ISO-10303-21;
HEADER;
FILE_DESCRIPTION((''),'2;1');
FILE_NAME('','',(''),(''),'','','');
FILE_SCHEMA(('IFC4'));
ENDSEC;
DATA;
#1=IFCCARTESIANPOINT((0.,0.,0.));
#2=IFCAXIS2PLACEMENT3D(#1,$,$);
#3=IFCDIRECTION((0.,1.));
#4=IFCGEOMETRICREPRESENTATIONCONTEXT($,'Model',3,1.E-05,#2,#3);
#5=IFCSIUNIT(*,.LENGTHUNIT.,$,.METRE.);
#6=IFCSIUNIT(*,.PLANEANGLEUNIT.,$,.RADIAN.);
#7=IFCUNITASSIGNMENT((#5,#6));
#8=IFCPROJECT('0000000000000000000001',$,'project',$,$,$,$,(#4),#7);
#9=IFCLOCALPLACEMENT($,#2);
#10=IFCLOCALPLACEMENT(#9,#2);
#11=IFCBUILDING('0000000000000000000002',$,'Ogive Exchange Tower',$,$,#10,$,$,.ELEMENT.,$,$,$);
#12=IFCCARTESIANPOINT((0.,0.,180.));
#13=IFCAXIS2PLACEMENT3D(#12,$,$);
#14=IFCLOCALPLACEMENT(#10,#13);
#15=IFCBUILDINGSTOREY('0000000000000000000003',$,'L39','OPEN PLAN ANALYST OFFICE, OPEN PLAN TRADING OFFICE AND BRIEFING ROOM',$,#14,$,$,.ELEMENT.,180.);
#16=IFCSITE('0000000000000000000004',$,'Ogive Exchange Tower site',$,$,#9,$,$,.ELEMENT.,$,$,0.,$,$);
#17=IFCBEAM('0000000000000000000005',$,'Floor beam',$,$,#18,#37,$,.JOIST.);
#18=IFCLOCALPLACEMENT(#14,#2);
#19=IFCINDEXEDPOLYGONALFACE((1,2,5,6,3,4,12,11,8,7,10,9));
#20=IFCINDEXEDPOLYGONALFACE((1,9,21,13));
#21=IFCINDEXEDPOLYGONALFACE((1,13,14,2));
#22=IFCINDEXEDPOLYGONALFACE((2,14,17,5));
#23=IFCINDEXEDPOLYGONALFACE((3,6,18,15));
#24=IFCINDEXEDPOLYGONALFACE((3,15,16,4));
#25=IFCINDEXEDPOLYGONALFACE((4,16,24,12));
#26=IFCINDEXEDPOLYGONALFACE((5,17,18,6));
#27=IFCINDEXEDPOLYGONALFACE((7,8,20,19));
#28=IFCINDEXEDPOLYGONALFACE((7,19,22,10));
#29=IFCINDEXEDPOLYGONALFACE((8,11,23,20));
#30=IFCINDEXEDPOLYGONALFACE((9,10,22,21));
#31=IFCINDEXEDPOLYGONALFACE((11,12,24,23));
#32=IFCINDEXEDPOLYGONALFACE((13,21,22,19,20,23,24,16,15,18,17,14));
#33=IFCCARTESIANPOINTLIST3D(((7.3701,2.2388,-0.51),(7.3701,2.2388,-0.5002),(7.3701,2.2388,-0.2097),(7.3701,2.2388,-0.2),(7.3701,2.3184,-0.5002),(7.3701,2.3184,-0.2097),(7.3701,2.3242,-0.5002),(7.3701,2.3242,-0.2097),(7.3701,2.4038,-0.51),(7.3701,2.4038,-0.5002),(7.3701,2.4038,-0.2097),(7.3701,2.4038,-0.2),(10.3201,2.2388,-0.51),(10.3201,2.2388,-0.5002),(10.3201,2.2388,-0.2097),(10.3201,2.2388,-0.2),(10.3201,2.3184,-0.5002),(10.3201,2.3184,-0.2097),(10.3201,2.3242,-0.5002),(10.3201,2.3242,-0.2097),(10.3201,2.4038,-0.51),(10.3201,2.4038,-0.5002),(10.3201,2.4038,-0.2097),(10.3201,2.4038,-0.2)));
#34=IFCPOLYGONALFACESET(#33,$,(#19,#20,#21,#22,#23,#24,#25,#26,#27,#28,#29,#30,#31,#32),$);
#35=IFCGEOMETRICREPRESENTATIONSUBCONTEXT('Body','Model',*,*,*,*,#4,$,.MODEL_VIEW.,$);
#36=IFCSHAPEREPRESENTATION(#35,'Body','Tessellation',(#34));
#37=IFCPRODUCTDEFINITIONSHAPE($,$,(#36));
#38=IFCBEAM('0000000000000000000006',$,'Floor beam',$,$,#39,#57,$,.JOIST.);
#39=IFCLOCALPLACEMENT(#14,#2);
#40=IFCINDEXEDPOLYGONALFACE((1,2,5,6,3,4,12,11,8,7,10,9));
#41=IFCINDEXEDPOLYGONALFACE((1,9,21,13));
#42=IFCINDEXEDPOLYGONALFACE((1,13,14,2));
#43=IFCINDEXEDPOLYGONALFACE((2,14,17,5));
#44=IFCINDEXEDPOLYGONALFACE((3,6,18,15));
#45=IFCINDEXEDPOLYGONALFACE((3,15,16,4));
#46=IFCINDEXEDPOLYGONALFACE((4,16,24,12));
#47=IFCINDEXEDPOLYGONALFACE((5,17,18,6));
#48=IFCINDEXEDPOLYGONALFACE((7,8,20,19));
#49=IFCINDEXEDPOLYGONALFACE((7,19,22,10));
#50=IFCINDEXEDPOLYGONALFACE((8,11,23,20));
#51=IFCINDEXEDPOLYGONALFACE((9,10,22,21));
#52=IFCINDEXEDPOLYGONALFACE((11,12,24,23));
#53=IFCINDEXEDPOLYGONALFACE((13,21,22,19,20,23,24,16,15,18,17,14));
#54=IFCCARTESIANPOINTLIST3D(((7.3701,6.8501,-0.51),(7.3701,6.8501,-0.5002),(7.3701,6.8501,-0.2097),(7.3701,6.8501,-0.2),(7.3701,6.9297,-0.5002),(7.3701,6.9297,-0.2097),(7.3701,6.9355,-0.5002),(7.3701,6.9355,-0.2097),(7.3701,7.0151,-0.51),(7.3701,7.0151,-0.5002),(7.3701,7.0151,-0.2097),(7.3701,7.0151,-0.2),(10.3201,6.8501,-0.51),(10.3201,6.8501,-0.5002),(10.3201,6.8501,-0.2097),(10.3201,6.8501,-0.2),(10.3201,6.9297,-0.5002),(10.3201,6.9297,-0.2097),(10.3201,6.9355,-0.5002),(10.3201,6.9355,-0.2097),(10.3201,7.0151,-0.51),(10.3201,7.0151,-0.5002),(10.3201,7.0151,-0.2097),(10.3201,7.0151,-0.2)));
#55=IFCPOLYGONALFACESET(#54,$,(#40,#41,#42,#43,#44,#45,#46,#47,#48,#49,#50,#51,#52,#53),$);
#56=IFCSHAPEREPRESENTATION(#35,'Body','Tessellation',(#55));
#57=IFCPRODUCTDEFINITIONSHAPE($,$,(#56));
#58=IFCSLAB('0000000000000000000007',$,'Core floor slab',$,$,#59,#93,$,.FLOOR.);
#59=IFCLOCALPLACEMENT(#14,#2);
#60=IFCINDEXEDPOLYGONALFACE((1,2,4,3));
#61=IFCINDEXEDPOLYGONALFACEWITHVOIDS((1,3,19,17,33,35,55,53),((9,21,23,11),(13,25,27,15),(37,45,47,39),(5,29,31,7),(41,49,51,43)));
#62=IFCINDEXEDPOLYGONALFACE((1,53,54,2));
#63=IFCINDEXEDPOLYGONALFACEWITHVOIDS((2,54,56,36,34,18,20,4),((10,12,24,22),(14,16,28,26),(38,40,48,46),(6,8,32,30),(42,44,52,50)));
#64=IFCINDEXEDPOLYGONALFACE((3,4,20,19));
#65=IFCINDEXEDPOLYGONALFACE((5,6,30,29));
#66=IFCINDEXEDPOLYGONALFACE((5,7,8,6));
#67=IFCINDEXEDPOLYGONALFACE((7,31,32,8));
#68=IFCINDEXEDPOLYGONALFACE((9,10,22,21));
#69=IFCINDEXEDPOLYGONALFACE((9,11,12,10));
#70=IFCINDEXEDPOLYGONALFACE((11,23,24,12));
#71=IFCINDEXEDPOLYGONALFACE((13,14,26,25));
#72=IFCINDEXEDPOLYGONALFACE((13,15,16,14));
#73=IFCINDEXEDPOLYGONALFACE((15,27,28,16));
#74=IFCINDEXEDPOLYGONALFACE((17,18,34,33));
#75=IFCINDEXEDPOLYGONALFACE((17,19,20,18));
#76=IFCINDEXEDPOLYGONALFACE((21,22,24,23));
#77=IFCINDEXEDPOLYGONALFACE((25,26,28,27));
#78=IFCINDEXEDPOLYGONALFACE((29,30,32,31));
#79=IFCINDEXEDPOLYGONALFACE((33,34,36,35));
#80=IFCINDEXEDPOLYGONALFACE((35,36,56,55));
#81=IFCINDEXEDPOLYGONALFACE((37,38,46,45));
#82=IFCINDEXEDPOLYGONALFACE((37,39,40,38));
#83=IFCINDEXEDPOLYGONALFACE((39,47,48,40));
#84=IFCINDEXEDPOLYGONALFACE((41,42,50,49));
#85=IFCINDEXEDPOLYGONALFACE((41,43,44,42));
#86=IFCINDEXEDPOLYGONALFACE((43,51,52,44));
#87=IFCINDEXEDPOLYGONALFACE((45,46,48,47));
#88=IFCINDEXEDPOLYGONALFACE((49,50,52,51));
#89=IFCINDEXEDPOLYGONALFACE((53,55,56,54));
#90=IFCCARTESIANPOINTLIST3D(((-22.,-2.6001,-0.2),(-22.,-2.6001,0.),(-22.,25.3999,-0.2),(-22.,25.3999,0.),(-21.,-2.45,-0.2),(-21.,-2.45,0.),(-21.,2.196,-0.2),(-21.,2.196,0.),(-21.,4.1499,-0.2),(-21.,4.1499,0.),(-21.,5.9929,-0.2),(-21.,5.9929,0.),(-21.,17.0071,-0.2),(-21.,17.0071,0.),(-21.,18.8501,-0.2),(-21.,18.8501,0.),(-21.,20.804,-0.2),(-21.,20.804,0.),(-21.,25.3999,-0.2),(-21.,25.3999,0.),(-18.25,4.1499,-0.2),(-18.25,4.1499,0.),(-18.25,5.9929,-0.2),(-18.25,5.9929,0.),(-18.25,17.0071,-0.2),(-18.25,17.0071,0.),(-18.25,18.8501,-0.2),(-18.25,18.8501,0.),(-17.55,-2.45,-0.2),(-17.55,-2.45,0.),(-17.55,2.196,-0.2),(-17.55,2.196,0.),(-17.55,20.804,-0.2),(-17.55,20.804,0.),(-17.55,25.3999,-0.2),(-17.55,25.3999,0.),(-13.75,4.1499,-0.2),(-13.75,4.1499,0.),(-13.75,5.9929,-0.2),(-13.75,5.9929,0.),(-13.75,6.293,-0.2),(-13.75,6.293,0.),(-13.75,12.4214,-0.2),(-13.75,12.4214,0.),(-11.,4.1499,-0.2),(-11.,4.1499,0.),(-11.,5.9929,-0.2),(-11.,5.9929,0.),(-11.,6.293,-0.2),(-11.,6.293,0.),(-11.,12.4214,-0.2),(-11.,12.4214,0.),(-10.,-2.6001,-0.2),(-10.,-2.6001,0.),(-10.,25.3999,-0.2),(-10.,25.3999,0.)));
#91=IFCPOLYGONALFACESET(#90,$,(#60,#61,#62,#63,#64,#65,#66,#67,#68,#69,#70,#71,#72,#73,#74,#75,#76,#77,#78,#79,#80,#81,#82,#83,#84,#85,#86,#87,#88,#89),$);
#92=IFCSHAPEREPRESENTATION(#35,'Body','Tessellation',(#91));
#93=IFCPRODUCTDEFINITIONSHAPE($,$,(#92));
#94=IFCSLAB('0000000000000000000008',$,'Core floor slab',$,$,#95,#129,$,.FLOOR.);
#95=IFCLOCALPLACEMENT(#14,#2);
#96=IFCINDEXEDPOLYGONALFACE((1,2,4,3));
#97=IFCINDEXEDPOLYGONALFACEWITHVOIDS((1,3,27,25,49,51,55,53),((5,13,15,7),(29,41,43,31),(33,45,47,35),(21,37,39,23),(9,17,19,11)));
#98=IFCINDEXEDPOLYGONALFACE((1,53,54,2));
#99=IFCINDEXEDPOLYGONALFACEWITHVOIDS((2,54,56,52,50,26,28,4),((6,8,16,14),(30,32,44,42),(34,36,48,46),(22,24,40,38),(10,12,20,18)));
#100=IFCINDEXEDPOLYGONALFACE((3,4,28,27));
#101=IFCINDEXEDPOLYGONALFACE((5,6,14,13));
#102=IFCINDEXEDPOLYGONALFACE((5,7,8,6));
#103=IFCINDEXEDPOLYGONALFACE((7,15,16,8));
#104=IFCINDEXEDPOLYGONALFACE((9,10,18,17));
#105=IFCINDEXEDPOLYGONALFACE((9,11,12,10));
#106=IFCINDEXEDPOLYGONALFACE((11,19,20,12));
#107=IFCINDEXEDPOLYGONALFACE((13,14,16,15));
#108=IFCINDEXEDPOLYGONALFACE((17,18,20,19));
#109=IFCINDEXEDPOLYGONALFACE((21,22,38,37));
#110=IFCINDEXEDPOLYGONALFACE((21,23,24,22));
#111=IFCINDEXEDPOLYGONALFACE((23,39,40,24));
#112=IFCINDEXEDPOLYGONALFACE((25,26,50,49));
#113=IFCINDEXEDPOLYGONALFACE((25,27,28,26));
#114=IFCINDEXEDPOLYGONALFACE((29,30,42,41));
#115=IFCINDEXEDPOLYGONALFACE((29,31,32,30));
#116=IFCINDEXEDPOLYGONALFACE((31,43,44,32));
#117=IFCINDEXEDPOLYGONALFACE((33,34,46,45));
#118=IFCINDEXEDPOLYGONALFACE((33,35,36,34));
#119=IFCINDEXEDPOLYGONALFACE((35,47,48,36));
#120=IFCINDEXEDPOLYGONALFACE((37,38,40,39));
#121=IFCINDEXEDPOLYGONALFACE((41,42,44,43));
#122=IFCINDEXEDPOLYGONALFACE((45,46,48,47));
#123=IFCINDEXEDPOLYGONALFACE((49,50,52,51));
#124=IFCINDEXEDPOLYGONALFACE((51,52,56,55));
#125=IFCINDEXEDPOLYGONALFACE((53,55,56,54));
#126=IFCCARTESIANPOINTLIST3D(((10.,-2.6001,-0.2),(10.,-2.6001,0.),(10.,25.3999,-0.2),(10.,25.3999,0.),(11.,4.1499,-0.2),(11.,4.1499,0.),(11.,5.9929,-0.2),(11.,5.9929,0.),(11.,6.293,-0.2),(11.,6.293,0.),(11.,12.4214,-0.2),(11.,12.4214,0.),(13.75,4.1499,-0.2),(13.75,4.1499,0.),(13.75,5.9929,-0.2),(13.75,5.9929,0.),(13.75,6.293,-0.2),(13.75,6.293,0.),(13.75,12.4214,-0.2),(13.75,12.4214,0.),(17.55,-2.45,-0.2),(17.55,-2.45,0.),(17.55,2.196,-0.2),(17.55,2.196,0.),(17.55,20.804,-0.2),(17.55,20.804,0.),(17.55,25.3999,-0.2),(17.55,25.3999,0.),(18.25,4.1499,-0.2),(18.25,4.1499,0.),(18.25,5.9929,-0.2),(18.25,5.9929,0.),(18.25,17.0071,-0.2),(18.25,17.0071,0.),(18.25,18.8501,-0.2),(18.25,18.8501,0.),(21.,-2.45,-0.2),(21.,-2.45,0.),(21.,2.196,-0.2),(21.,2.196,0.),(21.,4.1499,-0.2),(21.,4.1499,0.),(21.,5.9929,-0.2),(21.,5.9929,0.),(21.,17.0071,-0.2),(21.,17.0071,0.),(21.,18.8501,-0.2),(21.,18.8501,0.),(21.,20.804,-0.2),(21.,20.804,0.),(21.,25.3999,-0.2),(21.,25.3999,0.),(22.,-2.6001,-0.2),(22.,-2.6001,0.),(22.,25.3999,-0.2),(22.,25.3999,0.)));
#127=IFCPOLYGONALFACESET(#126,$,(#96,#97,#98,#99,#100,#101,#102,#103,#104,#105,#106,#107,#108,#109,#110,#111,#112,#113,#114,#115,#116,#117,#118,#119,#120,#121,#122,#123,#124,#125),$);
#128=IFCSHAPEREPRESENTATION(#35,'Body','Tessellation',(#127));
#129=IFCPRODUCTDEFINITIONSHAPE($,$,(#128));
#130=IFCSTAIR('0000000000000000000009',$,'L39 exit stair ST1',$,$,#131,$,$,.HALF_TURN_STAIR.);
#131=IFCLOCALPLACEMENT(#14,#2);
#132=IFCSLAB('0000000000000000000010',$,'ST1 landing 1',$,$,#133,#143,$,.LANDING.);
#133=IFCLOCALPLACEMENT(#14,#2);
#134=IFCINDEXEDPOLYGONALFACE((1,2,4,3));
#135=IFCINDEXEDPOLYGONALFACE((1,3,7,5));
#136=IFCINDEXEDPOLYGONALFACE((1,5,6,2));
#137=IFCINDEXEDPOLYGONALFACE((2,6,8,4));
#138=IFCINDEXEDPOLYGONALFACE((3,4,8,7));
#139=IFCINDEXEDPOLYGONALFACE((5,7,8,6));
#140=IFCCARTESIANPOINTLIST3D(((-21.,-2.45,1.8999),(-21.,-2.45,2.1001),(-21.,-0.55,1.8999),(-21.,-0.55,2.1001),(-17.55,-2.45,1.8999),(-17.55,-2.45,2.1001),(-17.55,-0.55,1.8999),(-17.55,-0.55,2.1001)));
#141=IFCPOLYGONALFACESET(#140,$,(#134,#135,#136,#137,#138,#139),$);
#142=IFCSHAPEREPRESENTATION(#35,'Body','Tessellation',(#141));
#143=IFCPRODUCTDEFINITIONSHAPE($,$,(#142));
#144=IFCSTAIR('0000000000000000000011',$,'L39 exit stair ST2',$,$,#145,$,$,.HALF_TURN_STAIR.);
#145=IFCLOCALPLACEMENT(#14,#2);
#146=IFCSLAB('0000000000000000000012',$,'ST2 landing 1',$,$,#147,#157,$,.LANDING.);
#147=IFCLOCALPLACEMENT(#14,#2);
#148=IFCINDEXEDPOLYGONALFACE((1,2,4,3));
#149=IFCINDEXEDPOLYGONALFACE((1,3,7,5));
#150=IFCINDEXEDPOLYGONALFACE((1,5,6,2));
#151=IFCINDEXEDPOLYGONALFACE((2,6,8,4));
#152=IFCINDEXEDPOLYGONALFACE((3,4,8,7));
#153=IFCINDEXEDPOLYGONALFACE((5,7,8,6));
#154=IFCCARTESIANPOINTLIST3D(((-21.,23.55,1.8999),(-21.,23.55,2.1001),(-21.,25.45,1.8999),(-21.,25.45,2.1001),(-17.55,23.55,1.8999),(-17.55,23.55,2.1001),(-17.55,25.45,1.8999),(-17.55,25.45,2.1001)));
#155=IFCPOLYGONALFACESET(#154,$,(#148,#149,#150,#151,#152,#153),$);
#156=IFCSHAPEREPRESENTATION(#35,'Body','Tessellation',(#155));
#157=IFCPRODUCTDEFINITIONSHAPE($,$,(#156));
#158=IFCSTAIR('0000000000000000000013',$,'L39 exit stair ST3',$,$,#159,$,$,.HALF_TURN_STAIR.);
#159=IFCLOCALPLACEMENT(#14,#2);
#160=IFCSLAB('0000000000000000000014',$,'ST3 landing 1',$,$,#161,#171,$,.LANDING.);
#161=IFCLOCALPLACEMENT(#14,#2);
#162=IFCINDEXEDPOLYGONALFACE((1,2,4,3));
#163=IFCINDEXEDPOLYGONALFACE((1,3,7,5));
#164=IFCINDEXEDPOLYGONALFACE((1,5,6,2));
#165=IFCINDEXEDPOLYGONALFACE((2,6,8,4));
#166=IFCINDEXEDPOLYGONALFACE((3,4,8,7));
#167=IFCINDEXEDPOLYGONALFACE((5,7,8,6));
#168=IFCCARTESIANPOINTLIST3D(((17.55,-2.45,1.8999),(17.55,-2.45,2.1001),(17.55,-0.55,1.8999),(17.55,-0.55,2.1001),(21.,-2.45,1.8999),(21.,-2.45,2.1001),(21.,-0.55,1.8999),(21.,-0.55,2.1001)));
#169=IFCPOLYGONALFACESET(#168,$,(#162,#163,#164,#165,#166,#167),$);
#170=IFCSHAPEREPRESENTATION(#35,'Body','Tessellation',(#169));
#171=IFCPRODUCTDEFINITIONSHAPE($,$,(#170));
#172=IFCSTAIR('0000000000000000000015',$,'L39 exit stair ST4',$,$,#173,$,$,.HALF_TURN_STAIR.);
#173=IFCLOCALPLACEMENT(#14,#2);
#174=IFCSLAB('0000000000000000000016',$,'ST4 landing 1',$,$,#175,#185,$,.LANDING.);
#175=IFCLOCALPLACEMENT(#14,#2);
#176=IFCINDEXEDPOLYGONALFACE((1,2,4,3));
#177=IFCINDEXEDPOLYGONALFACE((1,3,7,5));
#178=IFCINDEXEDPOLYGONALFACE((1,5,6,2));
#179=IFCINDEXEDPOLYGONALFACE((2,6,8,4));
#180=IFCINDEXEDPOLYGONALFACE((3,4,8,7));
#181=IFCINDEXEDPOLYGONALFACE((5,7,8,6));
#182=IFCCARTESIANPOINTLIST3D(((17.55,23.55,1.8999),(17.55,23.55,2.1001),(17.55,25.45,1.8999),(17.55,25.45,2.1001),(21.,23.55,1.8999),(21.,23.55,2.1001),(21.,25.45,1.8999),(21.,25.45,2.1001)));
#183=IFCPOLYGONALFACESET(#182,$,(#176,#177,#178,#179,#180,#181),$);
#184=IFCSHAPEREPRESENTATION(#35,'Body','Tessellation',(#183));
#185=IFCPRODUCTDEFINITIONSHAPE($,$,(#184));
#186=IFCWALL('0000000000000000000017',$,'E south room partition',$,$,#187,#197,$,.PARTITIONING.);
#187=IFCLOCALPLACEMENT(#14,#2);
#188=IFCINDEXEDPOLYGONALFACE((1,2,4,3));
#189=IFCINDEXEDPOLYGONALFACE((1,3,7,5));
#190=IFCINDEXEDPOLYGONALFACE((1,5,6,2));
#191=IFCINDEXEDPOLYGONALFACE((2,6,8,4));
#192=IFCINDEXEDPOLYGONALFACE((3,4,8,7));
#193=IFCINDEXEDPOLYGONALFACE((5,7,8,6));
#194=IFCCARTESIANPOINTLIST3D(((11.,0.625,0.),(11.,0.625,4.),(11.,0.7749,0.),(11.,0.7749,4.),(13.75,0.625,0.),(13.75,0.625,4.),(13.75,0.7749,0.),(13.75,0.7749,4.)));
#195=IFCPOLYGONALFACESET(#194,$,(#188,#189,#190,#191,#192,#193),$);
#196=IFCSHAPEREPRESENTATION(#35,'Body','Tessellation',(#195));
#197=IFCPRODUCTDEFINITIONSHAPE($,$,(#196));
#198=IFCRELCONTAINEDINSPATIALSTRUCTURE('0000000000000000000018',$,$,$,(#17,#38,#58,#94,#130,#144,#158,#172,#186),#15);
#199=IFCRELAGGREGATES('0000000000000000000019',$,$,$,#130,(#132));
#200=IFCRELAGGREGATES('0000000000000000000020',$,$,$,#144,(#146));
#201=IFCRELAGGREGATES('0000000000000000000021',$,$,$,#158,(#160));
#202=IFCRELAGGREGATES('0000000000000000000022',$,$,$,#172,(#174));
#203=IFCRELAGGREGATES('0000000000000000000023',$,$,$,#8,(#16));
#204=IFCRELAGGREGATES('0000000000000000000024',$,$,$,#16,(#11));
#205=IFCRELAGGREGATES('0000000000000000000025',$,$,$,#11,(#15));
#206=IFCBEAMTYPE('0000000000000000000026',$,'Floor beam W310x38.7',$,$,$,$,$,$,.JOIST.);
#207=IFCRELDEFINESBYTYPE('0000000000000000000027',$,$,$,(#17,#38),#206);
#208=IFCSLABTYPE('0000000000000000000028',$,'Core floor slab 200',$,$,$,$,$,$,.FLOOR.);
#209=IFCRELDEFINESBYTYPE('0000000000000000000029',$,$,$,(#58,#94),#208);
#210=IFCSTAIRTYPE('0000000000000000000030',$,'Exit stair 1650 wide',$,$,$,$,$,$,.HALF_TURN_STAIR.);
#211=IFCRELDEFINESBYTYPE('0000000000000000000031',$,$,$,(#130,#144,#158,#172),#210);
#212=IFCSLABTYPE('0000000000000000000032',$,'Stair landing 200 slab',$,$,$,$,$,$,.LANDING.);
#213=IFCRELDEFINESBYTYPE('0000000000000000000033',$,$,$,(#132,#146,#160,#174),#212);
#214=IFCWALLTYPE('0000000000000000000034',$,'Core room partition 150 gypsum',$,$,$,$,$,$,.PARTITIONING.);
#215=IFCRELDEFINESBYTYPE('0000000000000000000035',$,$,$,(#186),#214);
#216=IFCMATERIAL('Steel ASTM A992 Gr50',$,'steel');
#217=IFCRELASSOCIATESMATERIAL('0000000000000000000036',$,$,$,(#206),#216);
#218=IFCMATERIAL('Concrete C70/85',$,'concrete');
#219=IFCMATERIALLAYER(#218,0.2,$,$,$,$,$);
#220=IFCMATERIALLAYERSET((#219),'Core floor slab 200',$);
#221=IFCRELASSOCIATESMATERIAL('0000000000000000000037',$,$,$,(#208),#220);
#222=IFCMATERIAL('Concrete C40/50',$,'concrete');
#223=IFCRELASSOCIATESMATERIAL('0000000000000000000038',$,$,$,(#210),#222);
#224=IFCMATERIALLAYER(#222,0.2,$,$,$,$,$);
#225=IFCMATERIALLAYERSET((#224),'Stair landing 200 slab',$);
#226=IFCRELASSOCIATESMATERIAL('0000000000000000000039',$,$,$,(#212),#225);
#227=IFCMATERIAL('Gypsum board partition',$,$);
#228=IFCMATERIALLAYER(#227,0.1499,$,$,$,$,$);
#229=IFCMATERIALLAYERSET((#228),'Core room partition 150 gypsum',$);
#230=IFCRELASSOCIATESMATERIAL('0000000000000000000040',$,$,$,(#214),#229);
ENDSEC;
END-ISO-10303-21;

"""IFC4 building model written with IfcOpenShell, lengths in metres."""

from ifc_helpers import new_model, si_unit, direction, frame, frame_2d, origin, origin_2d, place, context, subcontext, project, spatial, polyline, rectangle, i_section, outline, extrude, material, layer, layer_set, material_profile, profile_set, type_object, element, aggregate, save


model = new_model("IFC4")

# Units and contexts
model_context = context("Model", 3, precision=1e-05, world=origin(), true_north=direction((0.0, 1.0)))
body_context = subcontext(model_context, "Body", "Model", "MODEL_VIEW")
ifc_project = project(units=[si_unit("LENGTHUNIT", "METRE"), si_unit("PLANEANGLEUNIT", "RADIAN")], contexts=[model_context])

# Site, building, storey
site_placement = place(None, origin())
site = spatial("IfcSite", under=ifc_project, at=site_placement, Name="Ogive Exchange Tower site", CompositionType="ELEMENT", RefElevation=0.0)
building_placement = place(site_placement, origin())
building = spatial("IfcBuilding", under=site, at=building_placement, Name="Ogive Exchange Tower", CompositionType="ELEMENT")
storey_placement = place(building_placement, frame((0.0, 0.0, 180.0)))
storey = spatial("IfcBuildingStorey", under=building, at=storey_placement, Name="L39", Description="OPEN PLAN ANALYST OFFICE, OPEN PLAN TRADING OFFICE AND BRIEFING ROOM", CompositionType="ELEMENT", Elevation=180.0)

# Beams
ifc_material_1 = material(Name="Steel ASTM A992 Gr50", Category="steel")
ifc_material_profile = material_profile(ifc_material_1, i_section(OverallWidth=0.165, OverallDepth=0.3101, WebThickness=0.0059, FlangeThickness=0.0098, at=origin_2d()), Name="W310x38.7")
ifc_profile_set = profile_set([ifc_material_profile], Name="Steel ASTM A992 Gr50")
beam_type = type_object("IfcBeamType", Name="Floor beam W310x38.7", PredefinedType="JOIST", material=ifc_profile_set)
for number, where, z_axis, x_axis, name in (
    (1, (7.3701, 2.3213, -0.355), (1.0, 0.0, 0.0), (0.0, 1.0, 0.0), "Floor beam"),
    (2, (7.3701, 6.9326, -0.355), (1.0, 0.0, 0.0), (0.0, 1.0, 0.0), "Floor beam"),
):
    element("IfcBeam", number, at=place(storey_placement, frame(where, z_axis=z_axis, x_axis=x_axis)), inside=storey, type_object=beam_type, Name=name, PredefinedType="JOIST", context=body_context, shape_type="SweptSolid", body=[
        extrude(i_section(OverallWidth=0.165, OverallDepth=0.3101, WebThickness=0.0059, FlangeThickness=0.0098, at=origin_2d()), origin(), (0.0, 0.0, 1.0), 2.95),
    ])

# Slabs
ifc_material_2 = material(Name="Concrete C70/85", Category="concrete")
ifc_layer_1 = layer(ifc_material_2, 0.2)
ifc_layer_set_1 = layer_set([ifc_layer_1], Name="Core floor slab 200")
slab_type_1 = type_object("IfcSlabType", Name="Core floor slab 200", PredefinedType="FLOOR", material=ifc_layer_set_1)
slab_1_placement = place(storey_placement, frame((0.0, 0.0, -0.2)))
element("IfcSlab", 3, at=slab_1_placement, inside=storey, type_object=slab_type_1, Name="Core floor slab", PredefinedType="FLOOR", context=body_context, shape_type="SweptSolid", body=[
    extrude(outline(polyline([(-10.0, 25.3999), (-10.0, -2.6001), (-22.0, -2.6001), (-22.0, 25.3999), (-21.0, 25.3999), (-21.0, 20.804), (-17.55, 20.804), (-17.55, 25.3999), (-10.0, 25.3999)]), holes=[polyline([(-17.55, 2.196), (-21.0, 2.196), (-21.0, -2.45), (-17.55, -2.45), (-17.55, 2.196)]), polyline([(-18.25, 5.9929), (-21.0, 5.9929), (-21.0, 4.1499), (-18.25, 4.1499), (-18.25, 5.9929)]), polyline([(-11.0, 5.9929), (-13.75, 5.9929), (-13.75, 4.1499), (-11.0, 4.1499), (-11.0, 5.9929)]), polyline([(-13.75, 12.4214), (-13.75, 6.293), (-11.0, 6.293), (-11.0, 12.4214), (-13.75, 12.4214)]), polyline([(-18.25, 18.8501), (-21.0, 18.8501), (-21.0, 17.0071), (-18.25, 17.0071), (-18.25, 18.8501)])]), origin(), (0.0, 0.0, 1.0), 0.2),
])
slab_2_placement = place(storey_placement, frame((0.0, 0.0, -0.2)))
element("IfcSlab", 4, at=slab_2_placement, inside=storey, type_object=slab_type_1, Name="Core floor slab", PredefinedType="FLOOR", context=body_context, shape_type="SweptSolid", body=[
    extrude(outline(polyline([(22.0, 25.3999), (22.0, -2.6001), (10.0, -2.6001), (10.0, 25.3999), (17.55, 25.3999), (17.55, 20.804), (21.0, 20.804), (21.0, 25.3999), (22.0, 25.3999)]), holes=[polyline([(21.0, 2.196), (17.55, 2.196), (17.55, -2.45), (21.0, -2.45), (21.0, 2.196)]), polyline([(13.75, 5.9929), (11.0, 5.9929), (11.0, 4.1499), (13.75, 4.1499), (13.75, 5.9929)]), polyline([(21.0, 5.9929), (18.25, 5.9929), (18.25, 4.1499), (21.0, 4.1499), (21.0, 5.9929)]), polyline([(11.0, 12.4214), (11.0, 6.293), (13.75, 6.293), (13.75, 12.4214), (11.0, 12.4214)]), polyline([(21.0, 18.8501), (18.25, 18.8501), (18.25, 17.0071), (21.0, 17.0071), (21.0, 18.8501)])]), origin(), (0.0, 0.0, 1.0), 0.2),
])

# Stairs, slabs
ifc_material_3 = material(Name="Concrete C40/50", Category="concrete")
stair_type = type_object("IfcStairType", Name="Exit stair 1650 wide", PredefinedType="HALF_TURN_STAIR", material=ifc_material_3)
stair_1_placement = place(storey_placement, origin())
stair_1 = element("IfcStair", 5, at=stair_1_placement, inside=storey, type_object=stair_type, Name="L39 exit stair ST1", PredefinedType="HALF_TURN_STAIR")
ifc_layer_2 = layer(ifc_material_3, 0.2)
ifc_layer_set_2 = layer_set([ifc_layer_2], Name="Stair landing 200 slab")
slab_type_2 = type_object("IfcSlabType", Name="Stair landing 200 slab", PredefinedType="LANDING", material=ifc_layer_set_2)
slab_3_placement = place(storey_placement, frame((0.0, 0.0, 1.8999)))
slab_3 = element("IfcSlab", 6, at=slab_3_placement, type_object=slab_type_2, Name="ST1 landing 1", PredefinedType="LANDING", context=body_context, shape_type="SweptSolid", body=[
    extrude(outline(polyline([(-21.0, -0.55), (-21.0, -2.45), (-17.55, -2.45), (-17.55, -0.55), (-21.0, -0.55)])), origin(), (0.0, 0.0, 1.0), 0.2002),
])
aggregate(stair_1, [slab_3])
stair_2_placement = place(storey_placement, origin())
stair_2 = element("IfcStair", 7, at=stair_2_placement, inside=storey, type_object=stair_type, Name="L39 exit stair ST2", PredefinedType="HALF_TURN_STAIR")
slab_4_placement = place(storey_placement, frame((0.0, 0.0, 1.8999)))
slab_4 = element("IfcSlab", 8, at=slab_4_placement, type_object=slab_type_2, Name="ST2 landing 1", PredefinedType="LANDING", context=body_context, shape_type="SweptSolid", body=[
    extrude(outline(polyline([(-17.55, 23.55), (-17.55, 25.45), (-21.0, 25.45), (-21.0, 23.55), (-17.55, 23.55)])), origin(), (0.0, 0.0, 1.0), 0.2002),
])
aggregate(stair_2, [slab_4])
stair_3_placement = place(storey_placement, origin())
stair_3 = element("IfcStair", 9, at=stair_3_placement, inside=storey, type_object=stair_type, Name="L39 exit stair ST3", PredefinedType="HALF_TURN_STAIR")
slab_5_placement = place(storey_placement, frame((0.0, 0.0, 1.8999)))
slab_5 = element("IfcSlab", 10, at=slab_5_placement, type_object=slab_type_2, Name="ST3 landing 1", PredefinedType="LANDING", context=body_context, shape_type="SweptSolid", body=[
    extrude(outline(polyline([(17.55, -0.55), (17.55, -2.45), (21.0, -2.45), (21.0, -0.55), (17.55, -0.55)])), origin(), (0.0, 0.0, 1.0), 0.2002),
])
aggregate(stair_3, [slab_5])
stair_4_placement = place(storey_placement, origin())
stair_4 = element("IfcStair", 11, at=stair_4_placement, inside=storey, type_object=stair_type, Name="L39 exit stair ST4", PredefinedType="HALF_TURN_STAIR")
slab_6_placement = place(storey_placement, frame((0.0, 0.0, 1.8999)))
slab_6 = element("IfcSlab", 12, at=slab_6_placement, type_object=slab_type_2, Name="ST4 landing 1", PredefinedType="LANDING", context=body_context, shape_type="SweptSolid", body=[
    extrude(outline(polyline([(21.0, 23.55), (21.0, 25.45), (17.55, 25.45), (17.55, 23.55), (21.0, 23.55)])), origin(), (0.0, 0.0, 1.0), 0.2002),
])
aggregate(stair_4, [slab_6])

# Wall
ifc_material_4 = material(Name="Gypsum board partition")
ifc_layer_3 = layer(ifc_material_4, 0.1499)
ifc_layer_set_3 = layer_set([ifc_layer_3], Name="Core room partition 150 gypsum")
wall_type_1 = type_object("IfcWallType", Name="Core room partition 150 gypsum", PredefinedType="PARTITIONING", material=ifc_layer_set_3)
wall_1_placement = place(storey_placement, frame((11.0, 0.7, 0.0), z_axis=(0.0, 0.0, 1.0), x_axis=(1.0, 0.0, 0.0)))
element("IfcWall", 13, at=wall_1_placement, inside=storey, type_object=wall_type_1, Name="E south room partition", PredefinedType="PARTITIONING", context=body_context, shape_type="SweptSolid", body=[
    extrude(rectangle(XDim=2.75, YDim=0.1499, at=frame_2d((1.375, 0.0))), origin(), (0.0, 0.0, 1.0), 4.0),
])

save(model, "model.ifc")
